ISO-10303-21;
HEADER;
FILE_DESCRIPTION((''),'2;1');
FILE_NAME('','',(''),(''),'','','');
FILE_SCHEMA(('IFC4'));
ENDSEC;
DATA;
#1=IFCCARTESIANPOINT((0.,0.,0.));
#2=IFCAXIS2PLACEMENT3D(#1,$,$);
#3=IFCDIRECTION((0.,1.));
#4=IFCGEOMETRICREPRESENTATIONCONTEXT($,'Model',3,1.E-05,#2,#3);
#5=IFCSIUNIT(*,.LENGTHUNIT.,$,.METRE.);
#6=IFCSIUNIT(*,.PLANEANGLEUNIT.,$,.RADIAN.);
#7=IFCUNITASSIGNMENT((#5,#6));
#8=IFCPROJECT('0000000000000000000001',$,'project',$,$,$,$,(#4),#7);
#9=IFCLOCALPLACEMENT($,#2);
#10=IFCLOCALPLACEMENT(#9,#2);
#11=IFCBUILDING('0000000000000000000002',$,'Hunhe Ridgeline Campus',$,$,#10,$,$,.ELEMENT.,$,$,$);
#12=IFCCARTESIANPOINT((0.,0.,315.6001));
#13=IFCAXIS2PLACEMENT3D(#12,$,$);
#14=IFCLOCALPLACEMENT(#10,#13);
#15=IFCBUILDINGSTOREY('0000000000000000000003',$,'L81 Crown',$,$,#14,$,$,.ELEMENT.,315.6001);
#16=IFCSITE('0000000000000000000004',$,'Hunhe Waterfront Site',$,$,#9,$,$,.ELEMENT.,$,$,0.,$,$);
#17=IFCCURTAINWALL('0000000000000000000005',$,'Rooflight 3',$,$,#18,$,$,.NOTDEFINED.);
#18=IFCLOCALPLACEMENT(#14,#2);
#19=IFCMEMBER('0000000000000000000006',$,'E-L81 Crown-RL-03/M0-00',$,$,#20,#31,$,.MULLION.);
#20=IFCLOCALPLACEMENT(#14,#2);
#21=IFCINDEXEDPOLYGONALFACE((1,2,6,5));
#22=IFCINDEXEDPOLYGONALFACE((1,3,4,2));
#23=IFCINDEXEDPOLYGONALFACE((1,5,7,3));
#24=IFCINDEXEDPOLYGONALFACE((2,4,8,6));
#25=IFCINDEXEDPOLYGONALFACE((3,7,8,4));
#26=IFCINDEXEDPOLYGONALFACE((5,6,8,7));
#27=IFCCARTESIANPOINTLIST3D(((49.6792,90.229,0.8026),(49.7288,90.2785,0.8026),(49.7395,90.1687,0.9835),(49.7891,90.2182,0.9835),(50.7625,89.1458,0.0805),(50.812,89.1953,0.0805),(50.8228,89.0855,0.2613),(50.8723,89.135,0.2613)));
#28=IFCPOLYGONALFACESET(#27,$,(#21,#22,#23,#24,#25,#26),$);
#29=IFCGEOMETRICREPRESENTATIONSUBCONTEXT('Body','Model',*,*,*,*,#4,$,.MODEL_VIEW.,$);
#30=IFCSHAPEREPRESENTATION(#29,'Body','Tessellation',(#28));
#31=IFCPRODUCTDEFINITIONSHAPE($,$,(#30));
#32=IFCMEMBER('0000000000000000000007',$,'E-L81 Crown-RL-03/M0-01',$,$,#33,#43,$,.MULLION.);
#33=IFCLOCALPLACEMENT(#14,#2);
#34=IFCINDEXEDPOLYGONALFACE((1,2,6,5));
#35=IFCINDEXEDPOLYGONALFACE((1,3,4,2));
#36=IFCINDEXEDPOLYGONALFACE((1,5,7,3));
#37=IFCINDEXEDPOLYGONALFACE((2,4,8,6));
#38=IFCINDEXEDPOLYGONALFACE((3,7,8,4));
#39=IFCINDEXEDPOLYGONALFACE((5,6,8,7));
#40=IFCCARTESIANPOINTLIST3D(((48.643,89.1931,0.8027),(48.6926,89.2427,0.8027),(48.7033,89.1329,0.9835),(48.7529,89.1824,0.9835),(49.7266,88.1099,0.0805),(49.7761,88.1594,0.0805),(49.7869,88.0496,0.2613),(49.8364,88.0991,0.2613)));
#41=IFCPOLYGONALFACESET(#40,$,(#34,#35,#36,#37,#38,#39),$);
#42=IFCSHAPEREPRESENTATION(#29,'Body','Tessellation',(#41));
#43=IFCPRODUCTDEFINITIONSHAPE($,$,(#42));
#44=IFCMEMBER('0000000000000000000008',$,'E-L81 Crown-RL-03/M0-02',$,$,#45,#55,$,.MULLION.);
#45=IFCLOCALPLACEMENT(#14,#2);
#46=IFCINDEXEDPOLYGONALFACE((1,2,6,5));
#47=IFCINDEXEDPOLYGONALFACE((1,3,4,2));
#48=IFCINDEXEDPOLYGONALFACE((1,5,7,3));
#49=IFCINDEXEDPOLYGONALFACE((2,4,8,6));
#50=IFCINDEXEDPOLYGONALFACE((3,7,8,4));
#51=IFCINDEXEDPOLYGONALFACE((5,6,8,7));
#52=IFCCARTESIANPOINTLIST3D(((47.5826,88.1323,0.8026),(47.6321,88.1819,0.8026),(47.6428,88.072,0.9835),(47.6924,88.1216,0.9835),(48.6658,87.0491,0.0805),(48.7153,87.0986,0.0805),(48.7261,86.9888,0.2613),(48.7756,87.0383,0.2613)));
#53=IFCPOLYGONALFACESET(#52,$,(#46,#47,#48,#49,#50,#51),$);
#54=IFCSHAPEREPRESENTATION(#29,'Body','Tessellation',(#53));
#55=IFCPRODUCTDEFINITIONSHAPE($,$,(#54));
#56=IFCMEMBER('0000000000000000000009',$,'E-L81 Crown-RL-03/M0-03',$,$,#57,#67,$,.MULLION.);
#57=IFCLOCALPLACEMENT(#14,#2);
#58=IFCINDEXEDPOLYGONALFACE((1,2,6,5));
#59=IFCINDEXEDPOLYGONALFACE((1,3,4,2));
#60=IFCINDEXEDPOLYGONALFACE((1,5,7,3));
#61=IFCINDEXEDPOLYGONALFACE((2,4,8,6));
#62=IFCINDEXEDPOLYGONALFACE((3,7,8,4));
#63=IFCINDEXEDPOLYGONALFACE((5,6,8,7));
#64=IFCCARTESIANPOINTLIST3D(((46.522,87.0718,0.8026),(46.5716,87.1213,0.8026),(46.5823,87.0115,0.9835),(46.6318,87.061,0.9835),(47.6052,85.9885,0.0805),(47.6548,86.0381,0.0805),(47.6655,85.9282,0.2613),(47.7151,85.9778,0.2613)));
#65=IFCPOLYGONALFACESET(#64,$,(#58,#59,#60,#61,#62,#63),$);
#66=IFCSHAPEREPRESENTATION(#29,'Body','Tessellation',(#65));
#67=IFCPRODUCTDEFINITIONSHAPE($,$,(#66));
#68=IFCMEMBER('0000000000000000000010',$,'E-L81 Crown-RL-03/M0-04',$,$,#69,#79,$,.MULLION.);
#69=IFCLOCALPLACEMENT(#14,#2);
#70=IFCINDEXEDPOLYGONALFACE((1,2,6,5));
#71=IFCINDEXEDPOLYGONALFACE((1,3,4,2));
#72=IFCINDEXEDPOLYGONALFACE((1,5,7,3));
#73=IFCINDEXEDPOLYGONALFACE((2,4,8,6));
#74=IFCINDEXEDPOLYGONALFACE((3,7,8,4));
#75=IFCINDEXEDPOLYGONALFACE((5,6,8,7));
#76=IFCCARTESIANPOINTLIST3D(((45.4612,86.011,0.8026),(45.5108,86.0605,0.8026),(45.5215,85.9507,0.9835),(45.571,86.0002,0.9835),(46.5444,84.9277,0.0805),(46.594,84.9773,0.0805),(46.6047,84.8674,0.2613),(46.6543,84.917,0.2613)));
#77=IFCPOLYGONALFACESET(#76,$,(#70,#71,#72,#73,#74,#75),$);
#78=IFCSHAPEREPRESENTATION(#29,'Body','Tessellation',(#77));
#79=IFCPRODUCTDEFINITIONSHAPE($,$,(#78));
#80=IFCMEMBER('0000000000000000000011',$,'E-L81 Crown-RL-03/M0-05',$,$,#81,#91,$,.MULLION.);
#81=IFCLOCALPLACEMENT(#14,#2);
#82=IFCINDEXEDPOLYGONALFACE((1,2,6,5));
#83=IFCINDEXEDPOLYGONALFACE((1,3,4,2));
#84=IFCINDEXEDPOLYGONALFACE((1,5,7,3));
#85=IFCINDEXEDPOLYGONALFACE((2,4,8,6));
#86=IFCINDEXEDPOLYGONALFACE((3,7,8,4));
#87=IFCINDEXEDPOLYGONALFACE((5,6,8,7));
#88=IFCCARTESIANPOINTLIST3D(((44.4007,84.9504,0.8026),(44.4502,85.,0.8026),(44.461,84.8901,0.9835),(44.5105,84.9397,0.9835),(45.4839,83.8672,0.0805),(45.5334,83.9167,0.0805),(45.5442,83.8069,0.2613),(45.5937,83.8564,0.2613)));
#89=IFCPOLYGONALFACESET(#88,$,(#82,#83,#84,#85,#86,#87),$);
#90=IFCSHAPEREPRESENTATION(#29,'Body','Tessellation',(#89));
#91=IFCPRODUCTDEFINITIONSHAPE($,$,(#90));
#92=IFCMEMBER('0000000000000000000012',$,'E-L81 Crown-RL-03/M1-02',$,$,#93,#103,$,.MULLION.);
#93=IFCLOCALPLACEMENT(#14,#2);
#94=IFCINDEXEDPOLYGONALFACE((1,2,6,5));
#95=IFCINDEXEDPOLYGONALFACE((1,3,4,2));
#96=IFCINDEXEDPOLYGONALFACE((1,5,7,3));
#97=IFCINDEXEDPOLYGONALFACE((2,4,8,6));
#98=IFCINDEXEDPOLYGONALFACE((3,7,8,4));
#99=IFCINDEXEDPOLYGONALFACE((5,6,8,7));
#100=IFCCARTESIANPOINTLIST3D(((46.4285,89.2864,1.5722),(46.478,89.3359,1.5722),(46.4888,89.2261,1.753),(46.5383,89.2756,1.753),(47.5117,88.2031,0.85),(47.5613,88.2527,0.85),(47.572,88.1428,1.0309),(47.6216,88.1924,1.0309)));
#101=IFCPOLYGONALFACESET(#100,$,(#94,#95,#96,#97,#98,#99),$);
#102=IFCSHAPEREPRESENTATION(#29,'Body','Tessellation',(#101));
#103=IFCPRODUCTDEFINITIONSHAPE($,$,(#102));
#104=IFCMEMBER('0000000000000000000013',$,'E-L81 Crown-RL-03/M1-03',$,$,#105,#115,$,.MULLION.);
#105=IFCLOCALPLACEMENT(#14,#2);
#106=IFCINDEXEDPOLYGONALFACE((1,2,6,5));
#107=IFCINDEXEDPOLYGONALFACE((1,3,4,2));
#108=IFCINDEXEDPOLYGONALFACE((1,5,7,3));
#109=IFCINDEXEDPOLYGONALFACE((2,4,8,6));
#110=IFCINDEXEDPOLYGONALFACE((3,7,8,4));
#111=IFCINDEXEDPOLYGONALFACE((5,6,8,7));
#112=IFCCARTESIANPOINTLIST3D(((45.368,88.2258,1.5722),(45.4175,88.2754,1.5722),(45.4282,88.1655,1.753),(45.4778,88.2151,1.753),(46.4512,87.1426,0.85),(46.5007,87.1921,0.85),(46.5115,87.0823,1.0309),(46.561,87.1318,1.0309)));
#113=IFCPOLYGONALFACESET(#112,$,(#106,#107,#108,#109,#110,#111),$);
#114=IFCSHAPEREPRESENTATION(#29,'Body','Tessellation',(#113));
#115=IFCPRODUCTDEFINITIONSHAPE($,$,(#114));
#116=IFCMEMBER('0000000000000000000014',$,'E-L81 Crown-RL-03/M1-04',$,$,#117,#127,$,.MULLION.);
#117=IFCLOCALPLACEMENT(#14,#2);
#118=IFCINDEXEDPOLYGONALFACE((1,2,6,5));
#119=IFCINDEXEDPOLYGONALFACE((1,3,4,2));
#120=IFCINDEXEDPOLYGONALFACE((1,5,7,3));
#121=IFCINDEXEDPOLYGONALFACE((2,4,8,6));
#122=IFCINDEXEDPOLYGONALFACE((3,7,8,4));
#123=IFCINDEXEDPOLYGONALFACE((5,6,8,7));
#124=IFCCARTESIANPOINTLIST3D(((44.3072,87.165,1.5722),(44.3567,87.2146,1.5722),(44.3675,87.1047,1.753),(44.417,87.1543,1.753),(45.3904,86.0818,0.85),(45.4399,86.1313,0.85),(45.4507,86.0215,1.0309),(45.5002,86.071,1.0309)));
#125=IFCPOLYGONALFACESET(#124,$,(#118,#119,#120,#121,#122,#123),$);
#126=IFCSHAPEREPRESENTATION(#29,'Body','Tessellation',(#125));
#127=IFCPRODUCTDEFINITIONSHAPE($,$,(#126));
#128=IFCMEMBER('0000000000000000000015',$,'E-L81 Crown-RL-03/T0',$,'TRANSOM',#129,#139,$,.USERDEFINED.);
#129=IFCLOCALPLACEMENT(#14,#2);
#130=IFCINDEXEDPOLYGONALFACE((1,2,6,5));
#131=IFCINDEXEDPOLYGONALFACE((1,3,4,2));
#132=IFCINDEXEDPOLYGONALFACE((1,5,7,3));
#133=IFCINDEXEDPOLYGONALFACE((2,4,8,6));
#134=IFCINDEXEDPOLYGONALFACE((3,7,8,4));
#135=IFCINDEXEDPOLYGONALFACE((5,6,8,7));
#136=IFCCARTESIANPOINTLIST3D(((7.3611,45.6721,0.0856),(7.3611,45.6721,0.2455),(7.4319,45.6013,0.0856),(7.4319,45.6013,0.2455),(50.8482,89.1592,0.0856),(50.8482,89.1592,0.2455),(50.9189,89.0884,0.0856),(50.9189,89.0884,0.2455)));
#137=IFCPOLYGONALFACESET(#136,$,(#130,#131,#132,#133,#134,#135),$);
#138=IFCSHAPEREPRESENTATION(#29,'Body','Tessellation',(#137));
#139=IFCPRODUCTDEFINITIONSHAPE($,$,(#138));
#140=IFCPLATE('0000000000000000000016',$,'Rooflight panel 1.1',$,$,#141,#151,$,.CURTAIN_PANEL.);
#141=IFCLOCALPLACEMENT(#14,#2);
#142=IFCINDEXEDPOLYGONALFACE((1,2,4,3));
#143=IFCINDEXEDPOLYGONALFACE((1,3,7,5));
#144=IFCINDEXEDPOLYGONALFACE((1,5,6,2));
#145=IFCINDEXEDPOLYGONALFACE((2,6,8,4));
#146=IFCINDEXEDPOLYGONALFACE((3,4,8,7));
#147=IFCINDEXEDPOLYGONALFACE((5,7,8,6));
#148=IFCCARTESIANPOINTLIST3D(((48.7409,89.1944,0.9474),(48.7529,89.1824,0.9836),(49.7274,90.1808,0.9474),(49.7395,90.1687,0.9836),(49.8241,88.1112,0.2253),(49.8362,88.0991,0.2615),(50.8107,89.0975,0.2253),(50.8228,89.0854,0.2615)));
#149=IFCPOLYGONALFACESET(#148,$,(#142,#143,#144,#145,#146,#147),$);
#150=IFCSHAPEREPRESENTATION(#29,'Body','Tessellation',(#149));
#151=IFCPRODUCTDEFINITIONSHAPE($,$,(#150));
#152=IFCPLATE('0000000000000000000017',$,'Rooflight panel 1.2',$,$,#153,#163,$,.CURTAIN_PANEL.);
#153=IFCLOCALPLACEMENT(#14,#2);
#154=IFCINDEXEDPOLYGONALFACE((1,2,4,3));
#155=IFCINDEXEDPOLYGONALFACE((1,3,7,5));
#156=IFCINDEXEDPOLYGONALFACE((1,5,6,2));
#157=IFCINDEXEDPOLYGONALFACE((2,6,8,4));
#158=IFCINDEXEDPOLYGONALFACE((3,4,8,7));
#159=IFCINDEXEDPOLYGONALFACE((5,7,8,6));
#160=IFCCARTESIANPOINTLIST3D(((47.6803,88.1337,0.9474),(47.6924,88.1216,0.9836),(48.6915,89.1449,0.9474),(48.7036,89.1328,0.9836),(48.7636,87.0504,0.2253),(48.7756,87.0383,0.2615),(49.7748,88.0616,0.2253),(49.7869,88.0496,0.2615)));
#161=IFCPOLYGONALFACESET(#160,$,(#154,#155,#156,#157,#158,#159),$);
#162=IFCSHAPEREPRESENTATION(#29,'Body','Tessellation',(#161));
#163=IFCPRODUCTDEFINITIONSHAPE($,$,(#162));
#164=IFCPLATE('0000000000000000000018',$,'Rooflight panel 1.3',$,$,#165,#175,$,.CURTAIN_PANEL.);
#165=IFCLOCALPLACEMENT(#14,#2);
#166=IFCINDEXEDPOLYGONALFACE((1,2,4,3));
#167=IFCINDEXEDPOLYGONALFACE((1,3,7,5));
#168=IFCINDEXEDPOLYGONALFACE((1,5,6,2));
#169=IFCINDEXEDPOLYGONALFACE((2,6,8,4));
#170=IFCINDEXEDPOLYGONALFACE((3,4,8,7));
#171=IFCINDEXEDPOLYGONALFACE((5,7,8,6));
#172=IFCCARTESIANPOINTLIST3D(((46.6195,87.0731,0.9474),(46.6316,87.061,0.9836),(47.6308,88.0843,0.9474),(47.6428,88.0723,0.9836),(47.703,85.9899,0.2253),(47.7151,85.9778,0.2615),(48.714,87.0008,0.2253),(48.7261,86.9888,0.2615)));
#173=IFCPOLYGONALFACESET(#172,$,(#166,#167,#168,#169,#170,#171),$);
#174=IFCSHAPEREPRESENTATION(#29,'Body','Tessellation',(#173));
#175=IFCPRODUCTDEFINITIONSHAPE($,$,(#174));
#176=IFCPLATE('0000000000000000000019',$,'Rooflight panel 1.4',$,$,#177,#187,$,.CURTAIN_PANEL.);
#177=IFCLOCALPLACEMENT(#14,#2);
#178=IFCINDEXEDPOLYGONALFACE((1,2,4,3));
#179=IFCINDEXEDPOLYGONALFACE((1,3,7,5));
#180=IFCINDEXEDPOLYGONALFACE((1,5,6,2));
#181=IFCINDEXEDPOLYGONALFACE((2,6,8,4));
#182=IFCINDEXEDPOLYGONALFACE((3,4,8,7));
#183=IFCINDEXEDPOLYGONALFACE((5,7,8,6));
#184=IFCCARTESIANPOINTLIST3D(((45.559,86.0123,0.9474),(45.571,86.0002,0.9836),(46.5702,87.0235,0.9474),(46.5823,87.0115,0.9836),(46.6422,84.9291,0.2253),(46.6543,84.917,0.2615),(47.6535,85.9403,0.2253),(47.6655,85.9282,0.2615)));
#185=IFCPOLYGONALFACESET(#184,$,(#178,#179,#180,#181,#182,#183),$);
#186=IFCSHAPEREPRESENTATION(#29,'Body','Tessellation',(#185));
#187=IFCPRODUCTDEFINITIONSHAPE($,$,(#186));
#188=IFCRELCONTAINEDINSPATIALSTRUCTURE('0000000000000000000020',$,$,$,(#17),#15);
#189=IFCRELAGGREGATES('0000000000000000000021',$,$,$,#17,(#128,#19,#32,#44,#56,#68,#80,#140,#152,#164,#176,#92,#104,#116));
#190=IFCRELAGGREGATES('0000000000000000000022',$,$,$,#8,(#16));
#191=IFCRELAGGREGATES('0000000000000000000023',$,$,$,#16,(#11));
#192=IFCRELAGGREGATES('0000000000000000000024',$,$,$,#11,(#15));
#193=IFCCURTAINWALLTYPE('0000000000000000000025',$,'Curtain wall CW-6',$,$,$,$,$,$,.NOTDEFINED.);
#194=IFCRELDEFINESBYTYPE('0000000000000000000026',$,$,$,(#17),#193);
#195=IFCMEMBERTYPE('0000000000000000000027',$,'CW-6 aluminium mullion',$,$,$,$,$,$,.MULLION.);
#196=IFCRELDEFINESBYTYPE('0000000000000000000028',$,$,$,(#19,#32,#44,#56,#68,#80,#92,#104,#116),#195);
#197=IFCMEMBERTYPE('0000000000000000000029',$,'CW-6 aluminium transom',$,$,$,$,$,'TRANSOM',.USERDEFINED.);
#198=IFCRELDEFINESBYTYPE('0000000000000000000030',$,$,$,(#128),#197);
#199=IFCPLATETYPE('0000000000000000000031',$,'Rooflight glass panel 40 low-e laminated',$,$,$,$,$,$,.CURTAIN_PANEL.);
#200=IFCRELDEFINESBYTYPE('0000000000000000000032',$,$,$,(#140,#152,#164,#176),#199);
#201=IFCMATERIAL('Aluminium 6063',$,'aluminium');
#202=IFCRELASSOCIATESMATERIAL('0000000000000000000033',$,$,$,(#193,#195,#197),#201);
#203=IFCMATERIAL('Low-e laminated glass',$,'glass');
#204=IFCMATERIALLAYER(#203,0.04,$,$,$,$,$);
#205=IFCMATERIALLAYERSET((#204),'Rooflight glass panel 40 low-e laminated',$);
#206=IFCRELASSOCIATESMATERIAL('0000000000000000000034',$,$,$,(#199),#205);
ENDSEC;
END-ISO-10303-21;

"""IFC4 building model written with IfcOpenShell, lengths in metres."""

from ifc_helpers import new_model, si_unit, direction, frame, origin, origin_2d, place, context, subcontext, project, spatial, polyline, rectangle, outline, extrude, material, layer, layer_set, material_profile, profile_set, type_object, element, aggregate, save


model = new_model("IFC4")

# Units and contexts
model_context = context("Model", 3, precision=1e-05, world=origin(), true_north=direction((0.0, 1.0)))
body_context = subcontext(model_context, "Body", "Model", "MODEL_VIEW")
ifc_project = project(units=[si_unit("LENGTHUNIT", "METRE"), si_unit("PLANEANGLEUNIT", "RADIAN")], contexts=[model_context])

# Site, building, storey
site_placement = place(None, origin())
site = spatial("IfcSite", under=ifc_project, at=site_placement, Name="Hunhe Waterfront Site", CompositionType="ELEMENT", RefElevation=0.0)
building_placement = place(site_placement, origin())
building = spatial("IfcBuilding", under=site, at=building_placement, Name="Hunhe Ridgeline Campus", CompositionType="ELEMENT")
storey_placement = place(building_placement, frame((0.0, 0.0, 315.6001)))
storey = spatial("IfcBuildingStorey", under=building, at=storey_placement, Name="L81 Crown", CompositionType="ELEMENT", Elevation=315.6001)

# Curtain wall, members, plates
ifc_material_1 = material(Name="Aluminium 6063", Category="aluminium")
curtain_wall_type = type_object("IfcCurtainWallType", Name="Curtain wall CW-6", PredefinedType="NOTDEFINED", material=ifc_material_1)
curtain_wall_placement = place(storey_placement, origin())
curtain_wall = element("IfcCurtainWall", 1, at=curtain_wall_placement, inside=storey, type_object=curtain_wall_type, Name="Rooflight 3", PredefinedType="NOTDEFINED")
ifc_material_profile_1 = material_profile(ifc_material_1, rectangle(XDim=0.0701, YDim=0.2, at=origin_2d()))
ifc_profile_set_1 = profile_set([ifc_material_profile_1], Name="Aluminium 6063")
member_type_1 = type_object("IfcMemberType", Name="CW-6 aluminium mullion", PredefinedType="MULLION", material=ifc_profile_set_1)
member_1_placement = place(storey_placement, frame((50.8174, 89.1404, 0.1709), z_axis=(-0.639602, 0.639602, 0.426401), x_axis=(-0.707107, -0.707107, 0.0)))
member_1 = element("IfcMember", 2, at=member_1_placement, type_object=member_type_1, Name="E-L81 Crown-RL-03/M0-00", PredefinedType="MULLION", context=body_context, shape_type="SweptSolid", body=[
    extrude(rectangle(XDim=0.0701, YDim=0.2, at=origin_2d()), origin(), (0.0, 0.0, 1.0), 1.6936),
])
member_2_placement = place(storey_placement, frame((49.7815, 88.1045, 0.1709), z_axis=(-0.639687, 0.639543, 0.426362), x_axis=(-0.707027, -0.707186, 0.0)))
member_2 = element("IfcMember", 3, at=member_2_placement, type_object=member_type_1, Name="E-L81 Crown-RL-03/M0-01", PredefinedType="MULLION", context=body_context, shape_type="SweptSolid", body=[
    extrude(rectangle(XDim=0.0701, YDim=0.2, at=origin_2d()), origin(), (0.0, 0.0, 1.0), 1.6938),
])
member_3_placement = place(storey_placement, frame((48.7207, 87.0437, 0.1709), z_axis=(-0.639602, 0.639602, 0.426401), x_axis=(-0.707107, -0.707107, 0.0)))
member_3 = element("IfcMember", 4, at=member_3_placement, type_object=member_type_1, Name="E-L81 Crown-RL-03/M0-02", PredefinedType="MULLION", context=body_context, shape_type="SweptSolid", body=[
    extrude(rectangle(XDim=0.0701, YDim=0.2, at=origin_2d()), origin(), (0.0, 0.0, 1.0), 1.6936),
])
member_4_placement = place(storey_placement, frame((47.6602, 85.9832, 0.1709), z_axis=(-0.639602, 0.639602, 0.426401), x_axis=(-0.707107, -0.707107, 0.0)))
member_4 = element("IfcMember", 5, at=member_4_placement, type_object=member_type_1, Name="E-L81 Crown-RL-03/M0-03", PredefinedType="MULLION", context=body_context, shape_type="SweptSolid", body=[
    extrude(rectangle(XDim=0.0701, YDim=0.2, at=origin_2d()), origin(), (0.0, 0.0, 1.0), 1.6936),
])
member_5_placement = place(storey_placement, frame((46.5994, 84.9224, 0.1709), z_axis=(-0.639602, 0.639602, 0.426401), x_axis=(-0.707107, -0.707107, 0.0)))
member_5 = element("IfcMember", 6, at=member_5_placement, type_object=member_type_1, Name="E-L81 Crown-RL-03/M0-04", PredefinedType="MULLION", context=body_context, shape_type="SweptSolid", body=[
    extrude(rectangle(XDim=0.0701, YDim=0.2, at=origin_2d()), origin(), (0.0, 0.0, 1.0), 1.6936),
])
member_6_placement = place(storey_placement, frame((45.5388, 83.8618, 0.1709), z_axis=(-0.639602, 0.639602, 0.426401), x_axis=(-0.707107, -0.707107, 0.0)))
member_6 = element("IfcMember", 7, at=member_6_placement, type_object=member_type_1, Name="E-L81 Crown-RL-03/M0-05", PredefinedType="MULLION", context=body_context, shape_type="SweptSolid", body=[
    extrude(rectangle(XDim=0.0701, YDim=0.2, at=origin_2d()), origin(), (0.0, 0.0, 1.0), 1.6936),
])
member_7_placement = place(storey_placement, frame((47.5667, 88.1978, 0.9404), z_axis=(-0.639602, 0.639602, 0.426401), x_axis=(-0.707107, -0.707107, 0.0)))
member_7 = element("IfcMember", 8, at=member_7_placement, type_object=member_type_1, Name="E-L81 Crown-RL-03/M1-02", PredefinedType="MULLION", context=body_context, shape_type="SweptSolid", body=[
    extrude(rectangle(XDim=0.0701, YDim=0.2, at=origin_2d()), origin(), (0.0, 0.0, 1.0), 1.6936),
])
member_8_placement = place(storey_placement, frame((46.5061, 87.1372, 0.9404), z_axis=(-0.639602, 0.639602, 0.426401), x_axis=(-0.707107, -0.707107, 0.0)))
member_8 = element("IfcMember", 9, at=member_8_placement, type_object=member_type_1, Name="E-L81 Crown-RL-03/M1-03", PredefinedType="MULLION", context=body_context, shape_type="SweptSolid", body=[
    extrude(rectangle(XDim=0.0701, YDim=0.2, at=origin_2d()), origin(), (0.0, 0.0, 1.0), 1.6936),
])
member_9_placement = place(storey_placement, frame((45.4453, 86.0764, 0.9404), z_axis=(-0.639602, 0.639602, 0.426401), x_axis=(-0.707107, -0.707107, 0.0)))
member_9 = element("IfcMember", 10, at=member_9_placement, type_object=member_type_1, Name="E-L81 Crown-RL-03/M1-04", PredefinedType="MULLION", context=body_context, shape_type="SweptSolid", body=[
    extrude(rectangle(XDim=0.0701, YDim=0.2, at=origin_2d()), origin(), (0.0, 0.0, 1.0), 1.6936),
])
ifc_material_profile_2 = material_profile(ifc_material_1, rectangle(XDim=0.1001, YDim=0.1599, at=origin_2d()))
ifc_profile_set_2 = profile_set([ifc_material_profile_2], Name="Aluminium 6063")
member_type_2 = type_object("IfcMemberType", Name="CW-6 aluminium transom", ElementType="TRANSOM", PredefinedType="USERDEFINED", material=ifc_profile_set_2)
member_10_placement = place(storey_placement, frame((50.8835, 89.1238, 0.1655), z_axis=(-0.707107, -0.707107, 0.0), x_axis=(0.707107, -0.707107, 0.0)))
member_10 = element("IfcMember", 11, at=member_10_placement, type_object=member_type_2, Name="E-L81 Crown-RL-03/T0", ObjectType="TRANSOM", PredefinedType="USERDEFINED", context=body_context, shape_type="SweptSolid", body=[
    extrude(rectangle(XDim=0.1001, YDim=0.1599, at=origin_2d()), origin(), (0.0, 0.0, 1.0), 61.5),
])
ifc_material_2 = material(Name="Low-e laminated glass", Category="glass")
ifc_layer = layer(ifc_material_2, 0.04)
ifc_layer_set = layer_set([ifc_layer], Name="Rooflight glass panel 40 low-e laminated")
plate_type = type_object("IfcPlateType", Name="Rooflight glass panel 40 low-e laminated", PredefinedType="CURTAIN_PANEL", material=ifc_layer_set)
plate_1_placement = place(storey_placement, frame((50.8228, 89.0854, 0.2615), z_axis=(0.301474, -0.301549, 0.904534), x_axis=(-0.639602, 0.639602, 0.426401)))
plate_1 = element("IfcPlate", 12, at=plate_1_placement, type_object=plate_type, Name="Rooflight panel 1.1", PredefinedType="CURTAIN_PANEL", context=body_context, shape_type="SweptSolid", body=[
    extrude(outline(polyline([(0.0, 0.0), (1.6936, 0.0), (1.6938, 1.3951), (0.0002, 1.3951), (0.0, 0.0)])), origin(), (0.0, 0.0, -1.0), 0.04),
])
plate_2_placement = place(storey_placement, frame((49.7869, 88.0496, 0.2615), z_axis=(0.301511, -0.301511, 0.904534), x_axis=(-0.639602, 0.639602, 0.426401)))
plate_2 = element("IfcPlate", 13, at=plate_2_placement, type_object=plate_type, Name="Rooflight panel 1.2", PredefinedType="CURTAIN_PANEL", context=body_context, shape_type="SweptSolid", body=[
    extrude(outline(polyline([(0.0, 0.0), (1.6936, 0.0), (1.6936, 1.4301), (0.0, 1.4301), (0.0, 0.0)])), origin(), (0.0, 0.0, -1.0), 0.04),
])
plate_3_placement = place(storey_placement, frame((48.7261, 86.9888, 0.2615), z_axis=(0.301484, -0.301484, 0.904553), x_axis=(-0.639543, 0.639687, 0.426362)))
plate_3 = element("IfcPlate", 14, at=plate_3_placement, type_object=plate_type, Name="Rooflight panel 1.3", PredefinedType="CURTAIN_PANEL", context=body_context, shape_type="SweptSolid", body=[
    extrude(outline(polyline([(0.0, 0.0), (1.6938, 0.0), (1.6936, 1.4301), (-0.0001, 1.4298), (0.0, 0.0)])), origin(), (0.0, 0.0, -1.0), 0.04),
])
plate_4_placement = place(storey_placement, frame((47.6655, 85.9282, 0.2615), z_axis=(0.301511, -0.301511, 0.904534), x_axis=(-0.639602, 0.639602, 0.426401)))
plate_4 = element("IfcPlate", 15, at=plate_4_placement, type_object=plate_type, Name="Rooflight panel 1.4", PredefinedType="CURTAIN_PANEL", context=body_context, shape_type="SweptSolid", body=[
    extrude(outline(polyline([(0.0, 0.0), (1.6936, 0.0), (1.6936, 1.4301), (0.0, 1.4301), (0.0, 0.0)])), origin(), (0.0, 0.0, -1.0), 0.04),
])
aggregate(curtain_wall, [member_10, member_1, member_2, member_3, member_4, member_5, member_6, plate_1, plate_2, plate_3, plate_4, member_7, member_8, member_9])

save(model, "model.ifc")
